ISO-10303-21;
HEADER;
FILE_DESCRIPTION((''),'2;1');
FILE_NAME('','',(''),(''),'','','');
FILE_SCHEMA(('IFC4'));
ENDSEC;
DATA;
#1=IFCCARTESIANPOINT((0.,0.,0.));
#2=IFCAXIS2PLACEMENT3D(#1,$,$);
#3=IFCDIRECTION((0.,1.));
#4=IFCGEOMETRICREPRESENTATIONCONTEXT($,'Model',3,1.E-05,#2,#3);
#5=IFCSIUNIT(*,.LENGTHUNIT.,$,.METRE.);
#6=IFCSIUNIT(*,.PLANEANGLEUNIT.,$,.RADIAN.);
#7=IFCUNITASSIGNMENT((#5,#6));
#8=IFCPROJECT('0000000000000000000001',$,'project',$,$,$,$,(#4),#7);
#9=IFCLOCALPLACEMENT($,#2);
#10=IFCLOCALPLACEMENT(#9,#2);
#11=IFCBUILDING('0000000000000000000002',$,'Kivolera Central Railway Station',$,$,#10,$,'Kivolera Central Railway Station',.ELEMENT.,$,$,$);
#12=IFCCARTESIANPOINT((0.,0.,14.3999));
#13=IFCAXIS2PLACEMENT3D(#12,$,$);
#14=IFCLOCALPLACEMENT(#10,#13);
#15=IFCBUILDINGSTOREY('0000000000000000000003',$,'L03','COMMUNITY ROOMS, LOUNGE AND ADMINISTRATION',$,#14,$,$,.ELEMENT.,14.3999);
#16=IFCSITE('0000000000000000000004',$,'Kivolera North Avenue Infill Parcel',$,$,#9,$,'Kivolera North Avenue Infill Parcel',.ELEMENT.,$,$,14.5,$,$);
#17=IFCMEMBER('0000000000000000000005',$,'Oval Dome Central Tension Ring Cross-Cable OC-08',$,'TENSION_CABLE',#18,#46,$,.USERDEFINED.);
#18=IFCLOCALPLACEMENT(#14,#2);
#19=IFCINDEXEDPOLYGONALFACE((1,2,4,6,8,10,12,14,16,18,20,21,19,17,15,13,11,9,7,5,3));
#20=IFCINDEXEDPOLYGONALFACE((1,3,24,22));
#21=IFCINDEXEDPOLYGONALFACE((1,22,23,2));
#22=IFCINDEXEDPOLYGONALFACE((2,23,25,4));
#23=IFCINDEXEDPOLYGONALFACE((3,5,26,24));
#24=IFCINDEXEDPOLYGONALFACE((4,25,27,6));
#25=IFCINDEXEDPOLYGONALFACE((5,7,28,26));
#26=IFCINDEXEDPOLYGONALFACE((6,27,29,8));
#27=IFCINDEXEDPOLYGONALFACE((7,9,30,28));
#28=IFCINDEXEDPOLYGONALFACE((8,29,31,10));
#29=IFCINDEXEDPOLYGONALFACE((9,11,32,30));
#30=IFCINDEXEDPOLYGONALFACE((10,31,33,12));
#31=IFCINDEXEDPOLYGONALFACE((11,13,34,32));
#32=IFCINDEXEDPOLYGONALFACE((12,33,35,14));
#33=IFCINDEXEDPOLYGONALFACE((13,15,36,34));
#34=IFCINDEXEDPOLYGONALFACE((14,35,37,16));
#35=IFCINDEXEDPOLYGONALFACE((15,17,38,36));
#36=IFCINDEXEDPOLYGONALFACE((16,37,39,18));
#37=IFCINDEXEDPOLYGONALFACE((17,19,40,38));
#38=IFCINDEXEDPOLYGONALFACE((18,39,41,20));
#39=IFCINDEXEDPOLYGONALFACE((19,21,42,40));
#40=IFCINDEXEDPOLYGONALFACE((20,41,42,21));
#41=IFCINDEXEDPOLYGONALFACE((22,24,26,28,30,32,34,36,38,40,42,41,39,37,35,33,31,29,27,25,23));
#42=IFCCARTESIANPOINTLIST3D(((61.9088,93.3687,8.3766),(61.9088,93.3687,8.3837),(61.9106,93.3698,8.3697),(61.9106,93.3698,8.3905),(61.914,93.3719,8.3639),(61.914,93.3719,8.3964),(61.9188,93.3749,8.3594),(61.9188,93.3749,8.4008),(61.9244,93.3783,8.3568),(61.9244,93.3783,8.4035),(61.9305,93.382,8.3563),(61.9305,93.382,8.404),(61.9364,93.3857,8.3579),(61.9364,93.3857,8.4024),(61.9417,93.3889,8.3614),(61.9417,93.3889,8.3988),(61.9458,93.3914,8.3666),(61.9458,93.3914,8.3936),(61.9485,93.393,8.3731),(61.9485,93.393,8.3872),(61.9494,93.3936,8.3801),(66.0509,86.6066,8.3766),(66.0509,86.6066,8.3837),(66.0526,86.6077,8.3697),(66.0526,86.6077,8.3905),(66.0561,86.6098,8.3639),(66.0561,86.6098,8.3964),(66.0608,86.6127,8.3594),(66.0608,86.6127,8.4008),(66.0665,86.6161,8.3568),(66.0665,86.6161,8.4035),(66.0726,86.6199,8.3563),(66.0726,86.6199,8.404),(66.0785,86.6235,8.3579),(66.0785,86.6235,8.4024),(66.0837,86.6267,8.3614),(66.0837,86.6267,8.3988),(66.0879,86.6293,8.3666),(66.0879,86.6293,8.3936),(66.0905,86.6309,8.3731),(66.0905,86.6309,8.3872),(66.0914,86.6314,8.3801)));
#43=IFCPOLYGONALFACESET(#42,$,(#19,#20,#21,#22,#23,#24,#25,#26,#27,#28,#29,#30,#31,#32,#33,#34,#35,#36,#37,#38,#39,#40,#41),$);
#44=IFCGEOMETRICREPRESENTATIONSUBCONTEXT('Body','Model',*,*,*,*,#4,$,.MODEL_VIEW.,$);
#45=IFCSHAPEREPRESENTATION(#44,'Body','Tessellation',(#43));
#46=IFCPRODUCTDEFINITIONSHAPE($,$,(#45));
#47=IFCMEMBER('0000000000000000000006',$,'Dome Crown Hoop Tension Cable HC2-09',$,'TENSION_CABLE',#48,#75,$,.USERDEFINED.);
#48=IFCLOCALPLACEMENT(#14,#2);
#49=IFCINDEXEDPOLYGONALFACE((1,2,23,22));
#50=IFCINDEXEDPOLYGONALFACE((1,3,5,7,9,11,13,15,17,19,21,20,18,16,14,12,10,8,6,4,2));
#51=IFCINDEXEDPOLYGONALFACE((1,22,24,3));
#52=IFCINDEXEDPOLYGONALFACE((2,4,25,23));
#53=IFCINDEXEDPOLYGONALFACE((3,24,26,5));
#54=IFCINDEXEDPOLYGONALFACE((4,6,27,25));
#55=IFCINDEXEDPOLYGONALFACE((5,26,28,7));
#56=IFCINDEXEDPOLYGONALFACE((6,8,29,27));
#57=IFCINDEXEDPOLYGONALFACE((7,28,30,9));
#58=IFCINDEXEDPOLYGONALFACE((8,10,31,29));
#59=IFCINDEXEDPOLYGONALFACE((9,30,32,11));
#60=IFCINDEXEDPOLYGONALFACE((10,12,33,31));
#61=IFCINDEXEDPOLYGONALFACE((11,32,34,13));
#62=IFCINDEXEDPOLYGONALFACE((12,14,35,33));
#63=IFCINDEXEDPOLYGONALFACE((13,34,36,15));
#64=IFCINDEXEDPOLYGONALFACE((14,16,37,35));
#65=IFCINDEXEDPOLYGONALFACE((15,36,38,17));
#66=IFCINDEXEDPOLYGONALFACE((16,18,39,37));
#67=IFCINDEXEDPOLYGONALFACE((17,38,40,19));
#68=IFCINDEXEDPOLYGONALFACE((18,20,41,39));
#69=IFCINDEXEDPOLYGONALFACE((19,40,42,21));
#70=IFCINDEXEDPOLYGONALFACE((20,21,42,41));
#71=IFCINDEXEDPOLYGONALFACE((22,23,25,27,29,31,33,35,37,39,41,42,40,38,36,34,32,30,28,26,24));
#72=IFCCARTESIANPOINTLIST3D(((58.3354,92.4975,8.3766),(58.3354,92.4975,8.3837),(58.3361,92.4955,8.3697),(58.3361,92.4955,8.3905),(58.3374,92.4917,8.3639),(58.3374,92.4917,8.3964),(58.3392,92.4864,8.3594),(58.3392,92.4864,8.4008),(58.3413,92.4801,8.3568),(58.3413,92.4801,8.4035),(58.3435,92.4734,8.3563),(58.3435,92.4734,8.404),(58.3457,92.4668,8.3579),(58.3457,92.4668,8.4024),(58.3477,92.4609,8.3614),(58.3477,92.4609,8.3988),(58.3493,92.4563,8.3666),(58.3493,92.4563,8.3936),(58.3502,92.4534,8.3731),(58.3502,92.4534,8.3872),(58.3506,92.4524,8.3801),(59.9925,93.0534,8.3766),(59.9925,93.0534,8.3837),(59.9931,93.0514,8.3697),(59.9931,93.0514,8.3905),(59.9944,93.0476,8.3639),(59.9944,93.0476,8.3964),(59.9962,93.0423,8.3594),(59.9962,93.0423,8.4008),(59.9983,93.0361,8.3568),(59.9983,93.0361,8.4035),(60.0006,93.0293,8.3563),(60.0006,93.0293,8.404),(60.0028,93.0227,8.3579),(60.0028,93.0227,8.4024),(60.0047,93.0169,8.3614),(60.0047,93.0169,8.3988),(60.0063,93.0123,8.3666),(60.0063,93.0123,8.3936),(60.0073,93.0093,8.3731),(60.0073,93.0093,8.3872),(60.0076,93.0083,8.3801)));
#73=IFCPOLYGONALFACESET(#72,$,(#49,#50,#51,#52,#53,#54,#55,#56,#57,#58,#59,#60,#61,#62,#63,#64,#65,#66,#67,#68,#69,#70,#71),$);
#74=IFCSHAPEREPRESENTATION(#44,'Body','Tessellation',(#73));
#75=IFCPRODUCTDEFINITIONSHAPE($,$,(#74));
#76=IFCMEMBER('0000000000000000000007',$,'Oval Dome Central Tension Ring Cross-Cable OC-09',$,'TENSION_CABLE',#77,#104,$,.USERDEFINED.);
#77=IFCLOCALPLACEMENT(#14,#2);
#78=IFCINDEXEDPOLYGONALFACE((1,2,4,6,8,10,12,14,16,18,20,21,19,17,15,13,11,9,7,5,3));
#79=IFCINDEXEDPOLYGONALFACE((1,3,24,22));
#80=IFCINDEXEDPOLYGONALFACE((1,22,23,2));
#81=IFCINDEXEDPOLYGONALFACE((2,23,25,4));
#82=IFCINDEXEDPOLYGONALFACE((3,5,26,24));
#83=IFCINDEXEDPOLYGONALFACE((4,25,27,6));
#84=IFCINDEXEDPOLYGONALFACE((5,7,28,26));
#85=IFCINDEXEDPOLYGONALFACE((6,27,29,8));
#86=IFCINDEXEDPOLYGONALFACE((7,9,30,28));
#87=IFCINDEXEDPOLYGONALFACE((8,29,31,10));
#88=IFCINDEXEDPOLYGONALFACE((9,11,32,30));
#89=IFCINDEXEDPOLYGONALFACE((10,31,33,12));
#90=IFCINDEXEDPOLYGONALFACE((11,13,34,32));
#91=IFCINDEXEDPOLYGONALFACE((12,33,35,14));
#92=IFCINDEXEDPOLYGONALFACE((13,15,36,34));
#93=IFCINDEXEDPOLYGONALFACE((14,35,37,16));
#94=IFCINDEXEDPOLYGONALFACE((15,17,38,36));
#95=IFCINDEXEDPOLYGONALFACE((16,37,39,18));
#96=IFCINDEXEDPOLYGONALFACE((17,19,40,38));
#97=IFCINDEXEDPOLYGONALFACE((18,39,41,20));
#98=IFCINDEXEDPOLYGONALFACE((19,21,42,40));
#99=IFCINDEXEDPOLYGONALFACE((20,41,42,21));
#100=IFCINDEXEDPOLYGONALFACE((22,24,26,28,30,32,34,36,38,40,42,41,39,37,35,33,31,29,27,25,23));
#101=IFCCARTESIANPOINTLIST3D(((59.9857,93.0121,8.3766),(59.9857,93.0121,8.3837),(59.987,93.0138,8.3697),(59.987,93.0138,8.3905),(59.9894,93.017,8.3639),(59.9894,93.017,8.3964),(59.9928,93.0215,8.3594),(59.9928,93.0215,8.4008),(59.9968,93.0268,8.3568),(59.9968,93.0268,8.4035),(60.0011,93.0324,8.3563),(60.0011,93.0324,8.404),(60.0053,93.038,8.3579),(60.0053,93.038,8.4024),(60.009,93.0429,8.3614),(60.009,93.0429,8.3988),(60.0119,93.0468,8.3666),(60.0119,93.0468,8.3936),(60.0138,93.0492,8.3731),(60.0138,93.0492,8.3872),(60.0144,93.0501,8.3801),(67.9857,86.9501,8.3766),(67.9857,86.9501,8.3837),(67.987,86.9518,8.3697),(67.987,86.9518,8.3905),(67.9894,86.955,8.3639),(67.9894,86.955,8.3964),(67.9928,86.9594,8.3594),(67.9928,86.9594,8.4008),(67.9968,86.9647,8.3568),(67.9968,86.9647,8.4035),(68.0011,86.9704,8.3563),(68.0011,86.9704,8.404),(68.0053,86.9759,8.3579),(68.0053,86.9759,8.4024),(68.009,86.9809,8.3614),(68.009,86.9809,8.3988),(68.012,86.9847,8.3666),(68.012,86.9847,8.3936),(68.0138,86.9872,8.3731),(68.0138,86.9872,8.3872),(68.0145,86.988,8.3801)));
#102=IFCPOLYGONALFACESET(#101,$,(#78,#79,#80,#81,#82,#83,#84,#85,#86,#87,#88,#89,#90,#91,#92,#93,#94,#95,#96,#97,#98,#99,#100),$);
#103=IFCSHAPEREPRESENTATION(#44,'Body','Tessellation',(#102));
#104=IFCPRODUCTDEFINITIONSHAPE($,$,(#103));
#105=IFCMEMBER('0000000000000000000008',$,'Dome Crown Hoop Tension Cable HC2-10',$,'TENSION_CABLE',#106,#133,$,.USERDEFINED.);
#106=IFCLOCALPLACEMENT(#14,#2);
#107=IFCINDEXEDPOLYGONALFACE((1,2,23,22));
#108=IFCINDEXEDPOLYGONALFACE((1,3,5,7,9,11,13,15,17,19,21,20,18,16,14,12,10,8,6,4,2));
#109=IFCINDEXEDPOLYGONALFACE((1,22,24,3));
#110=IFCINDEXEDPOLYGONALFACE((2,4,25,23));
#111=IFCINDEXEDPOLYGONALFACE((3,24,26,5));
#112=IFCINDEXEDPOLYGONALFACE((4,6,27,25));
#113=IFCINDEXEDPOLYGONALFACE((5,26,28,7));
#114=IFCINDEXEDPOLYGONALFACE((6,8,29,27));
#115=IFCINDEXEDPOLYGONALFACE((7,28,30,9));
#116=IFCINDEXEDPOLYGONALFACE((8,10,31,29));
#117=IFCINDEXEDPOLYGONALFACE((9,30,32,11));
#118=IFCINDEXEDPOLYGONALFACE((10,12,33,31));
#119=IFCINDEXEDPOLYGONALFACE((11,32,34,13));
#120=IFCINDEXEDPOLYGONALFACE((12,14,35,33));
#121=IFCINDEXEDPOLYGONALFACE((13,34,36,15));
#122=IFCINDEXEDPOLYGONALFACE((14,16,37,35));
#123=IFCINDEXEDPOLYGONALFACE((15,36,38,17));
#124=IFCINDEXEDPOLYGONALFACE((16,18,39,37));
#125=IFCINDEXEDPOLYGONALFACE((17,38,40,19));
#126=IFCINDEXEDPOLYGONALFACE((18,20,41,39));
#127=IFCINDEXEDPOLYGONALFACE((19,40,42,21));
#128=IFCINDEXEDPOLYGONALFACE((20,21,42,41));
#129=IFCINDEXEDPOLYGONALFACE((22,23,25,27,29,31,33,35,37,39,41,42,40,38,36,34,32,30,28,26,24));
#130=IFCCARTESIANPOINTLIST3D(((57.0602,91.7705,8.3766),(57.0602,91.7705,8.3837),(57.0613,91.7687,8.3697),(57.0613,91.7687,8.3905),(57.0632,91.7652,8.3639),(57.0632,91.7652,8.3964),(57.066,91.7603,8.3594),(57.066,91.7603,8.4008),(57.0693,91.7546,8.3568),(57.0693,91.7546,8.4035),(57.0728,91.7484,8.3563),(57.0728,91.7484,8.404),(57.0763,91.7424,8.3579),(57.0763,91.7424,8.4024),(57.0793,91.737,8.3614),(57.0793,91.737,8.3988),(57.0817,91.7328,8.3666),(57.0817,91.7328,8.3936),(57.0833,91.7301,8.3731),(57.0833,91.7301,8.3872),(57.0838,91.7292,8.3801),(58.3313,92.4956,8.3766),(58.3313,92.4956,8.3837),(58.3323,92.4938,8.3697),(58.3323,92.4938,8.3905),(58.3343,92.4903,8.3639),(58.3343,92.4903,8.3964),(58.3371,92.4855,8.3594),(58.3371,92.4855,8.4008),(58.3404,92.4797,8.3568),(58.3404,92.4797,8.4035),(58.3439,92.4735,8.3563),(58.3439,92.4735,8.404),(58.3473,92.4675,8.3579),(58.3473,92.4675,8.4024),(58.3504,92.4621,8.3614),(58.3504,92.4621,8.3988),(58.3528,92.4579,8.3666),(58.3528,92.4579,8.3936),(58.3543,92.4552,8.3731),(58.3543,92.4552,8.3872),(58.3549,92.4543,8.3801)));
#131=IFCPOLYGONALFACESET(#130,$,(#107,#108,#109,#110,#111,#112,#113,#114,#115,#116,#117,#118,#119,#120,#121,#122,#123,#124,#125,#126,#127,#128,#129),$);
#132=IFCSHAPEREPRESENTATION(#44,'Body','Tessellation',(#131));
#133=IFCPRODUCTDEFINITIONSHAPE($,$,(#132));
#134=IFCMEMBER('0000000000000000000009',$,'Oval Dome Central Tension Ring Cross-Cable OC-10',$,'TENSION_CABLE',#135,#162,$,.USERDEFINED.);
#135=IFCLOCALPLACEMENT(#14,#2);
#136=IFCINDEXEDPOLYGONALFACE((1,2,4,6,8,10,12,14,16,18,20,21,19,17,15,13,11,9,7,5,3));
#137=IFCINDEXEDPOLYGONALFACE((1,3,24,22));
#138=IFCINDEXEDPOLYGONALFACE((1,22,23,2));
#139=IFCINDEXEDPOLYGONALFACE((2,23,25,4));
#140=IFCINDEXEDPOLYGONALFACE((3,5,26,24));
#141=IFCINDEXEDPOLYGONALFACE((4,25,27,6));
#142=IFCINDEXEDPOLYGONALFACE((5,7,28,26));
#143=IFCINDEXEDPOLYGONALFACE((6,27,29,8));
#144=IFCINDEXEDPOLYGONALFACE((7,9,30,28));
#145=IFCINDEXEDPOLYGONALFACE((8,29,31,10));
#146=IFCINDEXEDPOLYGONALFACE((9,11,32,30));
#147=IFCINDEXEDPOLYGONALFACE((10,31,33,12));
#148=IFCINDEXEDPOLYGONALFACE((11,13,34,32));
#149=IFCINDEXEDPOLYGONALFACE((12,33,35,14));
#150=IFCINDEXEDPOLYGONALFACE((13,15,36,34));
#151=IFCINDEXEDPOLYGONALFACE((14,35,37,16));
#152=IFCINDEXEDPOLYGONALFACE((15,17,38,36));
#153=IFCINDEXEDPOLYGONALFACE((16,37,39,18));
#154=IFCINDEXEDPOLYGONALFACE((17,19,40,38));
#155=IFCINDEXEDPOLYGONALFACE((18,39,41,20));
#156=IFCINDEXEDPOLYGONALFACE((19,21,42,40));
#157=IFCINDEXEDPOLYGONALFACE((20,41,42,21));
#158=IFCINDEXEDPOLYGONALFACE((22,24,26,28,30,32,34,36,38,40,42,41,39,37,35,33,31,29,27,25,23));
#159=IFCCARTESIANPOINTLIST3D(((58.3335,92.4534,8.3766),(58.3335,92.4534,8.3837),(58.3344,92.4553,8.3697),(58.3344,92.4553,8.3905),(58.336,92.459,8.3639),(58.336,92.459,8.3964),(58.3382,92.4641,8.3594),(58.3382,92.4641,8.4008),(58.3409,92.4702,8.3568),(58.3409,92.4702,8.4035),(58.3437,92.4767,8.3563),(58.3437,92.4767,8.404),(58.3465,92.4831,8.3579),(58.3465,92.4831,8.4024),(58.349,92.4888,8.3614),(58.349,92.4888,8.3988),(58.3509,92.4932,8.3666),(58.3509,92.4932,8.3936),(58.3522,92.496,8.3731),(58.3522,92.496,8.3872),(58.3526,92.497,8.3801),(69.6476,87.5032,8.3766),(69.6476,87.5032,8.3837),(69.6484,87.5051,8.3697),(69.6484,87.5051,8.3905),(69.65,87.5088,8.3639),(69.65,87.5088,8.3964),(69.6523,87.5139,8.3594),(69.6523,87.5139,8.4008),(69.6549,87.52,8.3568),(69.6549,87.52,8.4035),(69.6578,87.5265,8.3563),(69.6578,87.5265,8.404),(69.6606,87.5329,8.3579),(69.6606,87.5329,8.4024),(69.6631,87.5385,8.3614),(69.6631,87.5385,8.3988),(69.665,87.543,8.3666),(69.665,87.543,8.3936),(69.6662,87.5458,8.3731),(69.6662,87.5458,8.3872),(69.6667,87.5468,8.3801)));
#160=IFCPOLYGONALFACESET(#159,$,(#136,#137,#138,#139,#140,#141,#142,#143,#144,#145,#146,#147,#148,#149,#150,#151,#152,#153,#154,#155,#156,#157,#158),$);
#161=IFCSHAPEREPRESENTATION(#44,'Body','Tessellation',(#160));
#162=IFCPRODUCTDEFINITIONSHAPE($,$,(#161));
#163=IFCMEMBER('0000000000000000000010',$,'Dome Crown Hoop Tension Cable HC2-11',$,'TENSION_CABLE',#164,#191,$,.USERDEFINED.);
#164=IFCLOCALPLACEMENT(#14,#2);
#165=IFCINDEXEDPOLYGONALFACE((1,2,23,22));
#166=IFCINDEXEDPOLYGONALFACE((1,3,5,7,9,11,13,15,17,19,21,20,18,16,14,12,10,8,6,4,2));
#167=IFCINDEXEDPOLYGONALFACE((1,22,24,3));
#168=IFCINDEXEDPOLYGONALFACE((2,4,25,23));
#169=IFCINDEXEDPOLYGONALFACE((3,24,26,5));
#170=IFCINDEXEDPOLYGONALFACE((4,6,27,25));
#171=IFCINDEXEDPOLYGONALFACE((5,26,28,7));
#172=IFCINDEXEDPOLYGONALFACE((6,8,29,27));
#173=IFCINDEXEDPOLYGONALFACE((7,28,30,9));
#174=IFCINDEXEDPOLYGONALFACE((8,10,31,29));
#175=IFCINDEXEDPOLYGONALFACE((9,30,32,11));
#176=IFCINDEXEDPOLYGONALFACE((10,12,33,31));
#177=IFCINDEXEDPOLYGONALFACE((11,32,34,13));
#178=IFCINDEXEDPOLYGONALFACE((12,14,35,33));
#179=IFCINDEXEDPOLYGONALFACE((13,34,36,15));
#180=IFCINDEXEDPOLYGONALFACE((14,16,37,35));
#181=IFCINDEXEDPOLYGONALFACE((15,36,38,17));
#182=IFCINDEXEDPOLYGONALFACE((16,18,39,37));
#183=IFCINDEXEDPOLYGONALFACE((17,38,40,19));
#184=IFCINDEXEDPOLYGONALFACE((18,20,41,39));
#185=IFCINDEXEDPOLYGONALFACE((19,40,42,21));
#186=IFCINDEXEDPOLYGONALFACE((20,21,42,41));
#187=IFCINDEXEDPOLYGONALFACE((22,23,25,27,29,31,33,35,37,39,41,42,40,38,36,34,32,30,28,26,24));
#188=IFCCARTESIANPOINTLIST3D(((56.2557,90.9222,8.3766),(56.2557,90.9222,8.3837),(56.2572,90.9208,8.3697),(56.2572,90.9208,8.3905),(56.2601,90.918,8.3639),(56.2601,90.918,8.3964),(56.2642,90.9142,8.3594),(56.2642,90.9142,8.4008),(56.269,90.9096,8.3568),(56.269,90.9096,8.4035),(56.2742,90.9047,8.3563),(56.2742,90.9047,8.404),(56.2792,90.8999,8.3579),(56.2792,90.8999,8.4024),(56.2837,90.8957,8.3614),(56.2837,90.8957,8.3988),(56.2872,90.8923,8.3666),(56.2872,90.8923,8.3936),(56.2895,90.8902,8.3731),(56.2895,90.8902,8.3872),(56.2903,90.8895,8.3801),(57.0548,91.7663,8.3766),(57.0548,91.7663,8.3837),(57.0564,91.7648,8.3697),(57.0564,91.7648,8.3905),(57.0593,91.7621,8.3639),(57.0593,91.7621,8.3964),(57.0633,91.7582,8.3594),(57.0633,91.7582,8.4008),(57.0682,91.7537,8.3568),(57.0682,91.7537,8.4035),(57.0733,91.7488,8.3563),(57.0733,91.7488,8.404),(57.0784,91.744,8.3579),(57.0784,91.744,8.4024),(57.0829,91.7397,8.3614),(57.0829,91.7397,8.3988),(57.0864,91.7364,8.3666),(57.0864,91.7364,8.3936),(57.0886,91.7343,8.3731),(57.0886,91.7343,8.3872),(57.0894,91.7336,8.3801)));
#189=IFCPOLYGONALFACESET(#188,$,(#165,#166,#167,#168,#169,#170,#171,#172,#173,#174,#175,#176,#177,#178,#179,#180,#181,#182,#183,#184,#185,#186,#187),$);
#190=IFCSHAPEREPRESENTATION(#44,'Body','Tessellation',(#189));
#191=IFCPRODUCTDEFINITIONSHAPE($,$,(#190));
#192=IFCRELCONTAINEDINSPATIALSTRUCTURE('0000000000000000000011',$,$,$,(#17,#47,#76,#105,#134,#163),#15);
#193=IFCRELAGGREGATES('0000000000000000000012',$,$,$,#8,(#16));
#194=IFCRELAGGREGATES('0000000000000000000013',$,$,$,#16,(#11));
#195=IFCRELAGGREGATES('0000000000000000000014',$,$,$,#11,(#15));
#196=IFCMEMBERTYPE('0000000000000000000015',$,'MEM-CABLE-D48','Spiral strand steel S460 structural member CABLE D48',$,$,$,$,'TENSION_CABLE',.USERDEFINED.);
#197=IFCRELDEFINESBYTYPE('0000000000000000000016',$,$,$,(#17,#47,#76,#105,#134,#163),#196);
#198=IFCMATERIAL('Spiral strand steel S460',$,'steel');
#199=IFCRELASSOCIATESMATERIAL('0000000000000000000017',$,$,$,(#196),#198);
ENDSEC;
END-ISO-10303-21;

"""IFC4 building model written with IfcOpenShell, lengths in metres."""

from ifc_helpers import new_model, si_unit, direction, frame, origin, origin_2d, place, context, subcontext, project, spatial, circle, extrude, material, material_profile, profile_set, type_object, element, save


model = new_model("IFC4")

# Units and contexts
model_context = context("Model", 3, precision=1e-05, world=origin(), true_north=direction((0.0, 1.0)))
body_context = subcontext(model_context, "Body", "Model", "MODEL_VIEW")
ifc_project = project(units=[si_unit("LENGTHUNIT", "METRE"), si_unit("PLANEANGLEUNIT", "RADIAN")], contexts=[model_context])

# Site, building, storey
site_placement = place(None, origin())
site = spatial("IfcSite", under=ifc_project, at=site_placement, Name="Kivolera North Avenue Infill Parcel", LongName="Kivolera North Avenue Infill Parcel", CompositionType="ELEMENT", RefElevation=14.5)
building_placement = place(site_placement, origin())
building = spatial("IfcBuilding", under=site, at=building_placement, Name="Kivolera Central Railway Station", LongName="Kivolera Central Railway Station", CompositionType="ELEMENT")
storey_placement = place(building_placement, frame((0.0, 0.0, 14.3999)))
storey = spatial("IfcBuildingStorey", under=building, at=storey_placement, Name="L03", Description="COMMUNITY ROOMS, LOUNGE AND ADMINISTRATION", CompositionType="ELEMENT", Elevation=14.3999)

# Members
ifc_material_1 = material(Name="Spiral strand steel S460", Category="steel")
ifc_material_profile_1 = material_profile(ifc_material_1, circle(Radius=0.0239, at=origin_2d()), Name="CABLE D48")
ifc_profile_set_1 = profile_set([ifc_material_profile_1], Name="Spiral strand steel S460")
member_type_1 = type_object("IfcMemberType", Name="MEM-CABLE-D48", Description="Spiral strand steel S460 structural member CABLE D48", ElementType="TENSION_CABLE", PredefinedType="USERDEFINED", material=ifc_profile_set_1)
member_1_placement = place(storey_placement, frame((61.929, 93.3811, 8.3801), z_axis=(0.522334, -0.852741, 0.0), x_axis=(0.852741, 0.522334, 0.0)))
element("IfcMember", 1, at=member_1_placement, inside=storey, type_object=member_type_1, Name="Oval Dome Central Tension Ring Cross-Cable OC-08", ObjectType="TENSION_CABLE", PredefinedType="USERDEFINED", context=body_context, shape_type="SweptSolid", body=[
    extrude(circle(Radius=0.0239, at=origin_2d()), origin(), (0.0, 0.0, 1.0), 7.9299),
])
member_2_placement = place(storey_placement, frame((60.0, 93.031, 8.3801), z_axis=(-0.948067, -0.318071, 0.0), x_axis=(0.318071, -0.948067, 0.0)))
element("IfcMember", 2, at=member_2_placement, inside=storey, type_object=member_type_1, Name="Dome Crown Hoop Tension Cable HC2-09", ObjectType="TENSION_CABLE", PredefinedType="USERDEFINED", context=body_context, shape_type="SweptSolid", body=[
    extrude(circle(Radius=0.0239, at=origin_2d()), origin(), (0.0, 0.0, 1.0), 1.7478),
])
member_3_placement = place(storey_placement, frame((60.0, 93.031, 8.3801), z_axis=(0.797025, -0.603947, 0.0), x_axis=(0.603947, 0.797025, 0.0)))
element("IfcMember", 3, at=member_3_placement, inside=storey, type_object=member_type_1, Name="Oval Dome Central Tension Ring Cross-Cable OC-09", ObjectType="TENSION_CABLE", PredefinedType="USERDEFINED", context=body_context, shape_type="SweptSolid", body=[
    extrude(circle(Radius=0.0239, at=origin_2d()), origin(), (0.0, 0.0, 1.0), 10.0374),
])
member_4_placement = place(storey_placement, frame((58.343, 92.4751, 8.3801), z_axis=(-0.868592, -0.495528, 0.0), x_axis=(0.495528, -0.868592, 0.0)))
element("IfcMember", 4, at=member_4_placement, inside=storey, type_object=member_type_1, Name="Dome Crown Hoop Tension Cable HC2-10", ObjectType="TENSION_CABLE", PredefinedType="USERDEFINED", context=body_context, shape_type="SweptSolid", body=[
    extrude(circle(Radius=0.0239, at=origin_2d()), origin(), (0.0, 0.0, 1.0), 1.4634),
])
member_5_placement = place(storey_placement, frame((58.343, 92.4751, 8.3801), z_axis=(0.916147, -0.400842, 0.0), x_axis=(0.400842, 0.916147, 0.0)))
element("IfcMember", 5, at=member_5_placement, inside=storey, type_object=member_type_1, Name="Oval Dome Central Tension Ring Cross-Cable OC-10", ObjectType="TENSION_CABLE", PredefinedType="USERDEFINED", context=body_context, shape_type="SweptSolid", body=[
    extrude(circle(Radius=0.0239, at=origin_2d()), origin(), (0.0, 0.0, 1.0), 12.3496),
])
member_6_placement = place(storey_placement, frame((57.072, 91.75, 8.3801), z_axis=(-0.687517, -0.726168, 0.0), x_axis=(0.726168, -0.687517, 0.0)))
element("IfcMember", 6, at=member_6_placement, inside=storey, type_object=member_type_1, Name="Dome Crown Hoop Tension Cable HC2-11", ObjectType="TENSION_CABLE", PredefinedType="USERDEFINED", context=body_context, shape_type="SweptSolid", body=[
    extrude(circle(Radius=0.0239, at=origin_2d()), origin(), (0.0, 0.0, 1.0), 1.1624),
])

save(model, "model.ifc")
